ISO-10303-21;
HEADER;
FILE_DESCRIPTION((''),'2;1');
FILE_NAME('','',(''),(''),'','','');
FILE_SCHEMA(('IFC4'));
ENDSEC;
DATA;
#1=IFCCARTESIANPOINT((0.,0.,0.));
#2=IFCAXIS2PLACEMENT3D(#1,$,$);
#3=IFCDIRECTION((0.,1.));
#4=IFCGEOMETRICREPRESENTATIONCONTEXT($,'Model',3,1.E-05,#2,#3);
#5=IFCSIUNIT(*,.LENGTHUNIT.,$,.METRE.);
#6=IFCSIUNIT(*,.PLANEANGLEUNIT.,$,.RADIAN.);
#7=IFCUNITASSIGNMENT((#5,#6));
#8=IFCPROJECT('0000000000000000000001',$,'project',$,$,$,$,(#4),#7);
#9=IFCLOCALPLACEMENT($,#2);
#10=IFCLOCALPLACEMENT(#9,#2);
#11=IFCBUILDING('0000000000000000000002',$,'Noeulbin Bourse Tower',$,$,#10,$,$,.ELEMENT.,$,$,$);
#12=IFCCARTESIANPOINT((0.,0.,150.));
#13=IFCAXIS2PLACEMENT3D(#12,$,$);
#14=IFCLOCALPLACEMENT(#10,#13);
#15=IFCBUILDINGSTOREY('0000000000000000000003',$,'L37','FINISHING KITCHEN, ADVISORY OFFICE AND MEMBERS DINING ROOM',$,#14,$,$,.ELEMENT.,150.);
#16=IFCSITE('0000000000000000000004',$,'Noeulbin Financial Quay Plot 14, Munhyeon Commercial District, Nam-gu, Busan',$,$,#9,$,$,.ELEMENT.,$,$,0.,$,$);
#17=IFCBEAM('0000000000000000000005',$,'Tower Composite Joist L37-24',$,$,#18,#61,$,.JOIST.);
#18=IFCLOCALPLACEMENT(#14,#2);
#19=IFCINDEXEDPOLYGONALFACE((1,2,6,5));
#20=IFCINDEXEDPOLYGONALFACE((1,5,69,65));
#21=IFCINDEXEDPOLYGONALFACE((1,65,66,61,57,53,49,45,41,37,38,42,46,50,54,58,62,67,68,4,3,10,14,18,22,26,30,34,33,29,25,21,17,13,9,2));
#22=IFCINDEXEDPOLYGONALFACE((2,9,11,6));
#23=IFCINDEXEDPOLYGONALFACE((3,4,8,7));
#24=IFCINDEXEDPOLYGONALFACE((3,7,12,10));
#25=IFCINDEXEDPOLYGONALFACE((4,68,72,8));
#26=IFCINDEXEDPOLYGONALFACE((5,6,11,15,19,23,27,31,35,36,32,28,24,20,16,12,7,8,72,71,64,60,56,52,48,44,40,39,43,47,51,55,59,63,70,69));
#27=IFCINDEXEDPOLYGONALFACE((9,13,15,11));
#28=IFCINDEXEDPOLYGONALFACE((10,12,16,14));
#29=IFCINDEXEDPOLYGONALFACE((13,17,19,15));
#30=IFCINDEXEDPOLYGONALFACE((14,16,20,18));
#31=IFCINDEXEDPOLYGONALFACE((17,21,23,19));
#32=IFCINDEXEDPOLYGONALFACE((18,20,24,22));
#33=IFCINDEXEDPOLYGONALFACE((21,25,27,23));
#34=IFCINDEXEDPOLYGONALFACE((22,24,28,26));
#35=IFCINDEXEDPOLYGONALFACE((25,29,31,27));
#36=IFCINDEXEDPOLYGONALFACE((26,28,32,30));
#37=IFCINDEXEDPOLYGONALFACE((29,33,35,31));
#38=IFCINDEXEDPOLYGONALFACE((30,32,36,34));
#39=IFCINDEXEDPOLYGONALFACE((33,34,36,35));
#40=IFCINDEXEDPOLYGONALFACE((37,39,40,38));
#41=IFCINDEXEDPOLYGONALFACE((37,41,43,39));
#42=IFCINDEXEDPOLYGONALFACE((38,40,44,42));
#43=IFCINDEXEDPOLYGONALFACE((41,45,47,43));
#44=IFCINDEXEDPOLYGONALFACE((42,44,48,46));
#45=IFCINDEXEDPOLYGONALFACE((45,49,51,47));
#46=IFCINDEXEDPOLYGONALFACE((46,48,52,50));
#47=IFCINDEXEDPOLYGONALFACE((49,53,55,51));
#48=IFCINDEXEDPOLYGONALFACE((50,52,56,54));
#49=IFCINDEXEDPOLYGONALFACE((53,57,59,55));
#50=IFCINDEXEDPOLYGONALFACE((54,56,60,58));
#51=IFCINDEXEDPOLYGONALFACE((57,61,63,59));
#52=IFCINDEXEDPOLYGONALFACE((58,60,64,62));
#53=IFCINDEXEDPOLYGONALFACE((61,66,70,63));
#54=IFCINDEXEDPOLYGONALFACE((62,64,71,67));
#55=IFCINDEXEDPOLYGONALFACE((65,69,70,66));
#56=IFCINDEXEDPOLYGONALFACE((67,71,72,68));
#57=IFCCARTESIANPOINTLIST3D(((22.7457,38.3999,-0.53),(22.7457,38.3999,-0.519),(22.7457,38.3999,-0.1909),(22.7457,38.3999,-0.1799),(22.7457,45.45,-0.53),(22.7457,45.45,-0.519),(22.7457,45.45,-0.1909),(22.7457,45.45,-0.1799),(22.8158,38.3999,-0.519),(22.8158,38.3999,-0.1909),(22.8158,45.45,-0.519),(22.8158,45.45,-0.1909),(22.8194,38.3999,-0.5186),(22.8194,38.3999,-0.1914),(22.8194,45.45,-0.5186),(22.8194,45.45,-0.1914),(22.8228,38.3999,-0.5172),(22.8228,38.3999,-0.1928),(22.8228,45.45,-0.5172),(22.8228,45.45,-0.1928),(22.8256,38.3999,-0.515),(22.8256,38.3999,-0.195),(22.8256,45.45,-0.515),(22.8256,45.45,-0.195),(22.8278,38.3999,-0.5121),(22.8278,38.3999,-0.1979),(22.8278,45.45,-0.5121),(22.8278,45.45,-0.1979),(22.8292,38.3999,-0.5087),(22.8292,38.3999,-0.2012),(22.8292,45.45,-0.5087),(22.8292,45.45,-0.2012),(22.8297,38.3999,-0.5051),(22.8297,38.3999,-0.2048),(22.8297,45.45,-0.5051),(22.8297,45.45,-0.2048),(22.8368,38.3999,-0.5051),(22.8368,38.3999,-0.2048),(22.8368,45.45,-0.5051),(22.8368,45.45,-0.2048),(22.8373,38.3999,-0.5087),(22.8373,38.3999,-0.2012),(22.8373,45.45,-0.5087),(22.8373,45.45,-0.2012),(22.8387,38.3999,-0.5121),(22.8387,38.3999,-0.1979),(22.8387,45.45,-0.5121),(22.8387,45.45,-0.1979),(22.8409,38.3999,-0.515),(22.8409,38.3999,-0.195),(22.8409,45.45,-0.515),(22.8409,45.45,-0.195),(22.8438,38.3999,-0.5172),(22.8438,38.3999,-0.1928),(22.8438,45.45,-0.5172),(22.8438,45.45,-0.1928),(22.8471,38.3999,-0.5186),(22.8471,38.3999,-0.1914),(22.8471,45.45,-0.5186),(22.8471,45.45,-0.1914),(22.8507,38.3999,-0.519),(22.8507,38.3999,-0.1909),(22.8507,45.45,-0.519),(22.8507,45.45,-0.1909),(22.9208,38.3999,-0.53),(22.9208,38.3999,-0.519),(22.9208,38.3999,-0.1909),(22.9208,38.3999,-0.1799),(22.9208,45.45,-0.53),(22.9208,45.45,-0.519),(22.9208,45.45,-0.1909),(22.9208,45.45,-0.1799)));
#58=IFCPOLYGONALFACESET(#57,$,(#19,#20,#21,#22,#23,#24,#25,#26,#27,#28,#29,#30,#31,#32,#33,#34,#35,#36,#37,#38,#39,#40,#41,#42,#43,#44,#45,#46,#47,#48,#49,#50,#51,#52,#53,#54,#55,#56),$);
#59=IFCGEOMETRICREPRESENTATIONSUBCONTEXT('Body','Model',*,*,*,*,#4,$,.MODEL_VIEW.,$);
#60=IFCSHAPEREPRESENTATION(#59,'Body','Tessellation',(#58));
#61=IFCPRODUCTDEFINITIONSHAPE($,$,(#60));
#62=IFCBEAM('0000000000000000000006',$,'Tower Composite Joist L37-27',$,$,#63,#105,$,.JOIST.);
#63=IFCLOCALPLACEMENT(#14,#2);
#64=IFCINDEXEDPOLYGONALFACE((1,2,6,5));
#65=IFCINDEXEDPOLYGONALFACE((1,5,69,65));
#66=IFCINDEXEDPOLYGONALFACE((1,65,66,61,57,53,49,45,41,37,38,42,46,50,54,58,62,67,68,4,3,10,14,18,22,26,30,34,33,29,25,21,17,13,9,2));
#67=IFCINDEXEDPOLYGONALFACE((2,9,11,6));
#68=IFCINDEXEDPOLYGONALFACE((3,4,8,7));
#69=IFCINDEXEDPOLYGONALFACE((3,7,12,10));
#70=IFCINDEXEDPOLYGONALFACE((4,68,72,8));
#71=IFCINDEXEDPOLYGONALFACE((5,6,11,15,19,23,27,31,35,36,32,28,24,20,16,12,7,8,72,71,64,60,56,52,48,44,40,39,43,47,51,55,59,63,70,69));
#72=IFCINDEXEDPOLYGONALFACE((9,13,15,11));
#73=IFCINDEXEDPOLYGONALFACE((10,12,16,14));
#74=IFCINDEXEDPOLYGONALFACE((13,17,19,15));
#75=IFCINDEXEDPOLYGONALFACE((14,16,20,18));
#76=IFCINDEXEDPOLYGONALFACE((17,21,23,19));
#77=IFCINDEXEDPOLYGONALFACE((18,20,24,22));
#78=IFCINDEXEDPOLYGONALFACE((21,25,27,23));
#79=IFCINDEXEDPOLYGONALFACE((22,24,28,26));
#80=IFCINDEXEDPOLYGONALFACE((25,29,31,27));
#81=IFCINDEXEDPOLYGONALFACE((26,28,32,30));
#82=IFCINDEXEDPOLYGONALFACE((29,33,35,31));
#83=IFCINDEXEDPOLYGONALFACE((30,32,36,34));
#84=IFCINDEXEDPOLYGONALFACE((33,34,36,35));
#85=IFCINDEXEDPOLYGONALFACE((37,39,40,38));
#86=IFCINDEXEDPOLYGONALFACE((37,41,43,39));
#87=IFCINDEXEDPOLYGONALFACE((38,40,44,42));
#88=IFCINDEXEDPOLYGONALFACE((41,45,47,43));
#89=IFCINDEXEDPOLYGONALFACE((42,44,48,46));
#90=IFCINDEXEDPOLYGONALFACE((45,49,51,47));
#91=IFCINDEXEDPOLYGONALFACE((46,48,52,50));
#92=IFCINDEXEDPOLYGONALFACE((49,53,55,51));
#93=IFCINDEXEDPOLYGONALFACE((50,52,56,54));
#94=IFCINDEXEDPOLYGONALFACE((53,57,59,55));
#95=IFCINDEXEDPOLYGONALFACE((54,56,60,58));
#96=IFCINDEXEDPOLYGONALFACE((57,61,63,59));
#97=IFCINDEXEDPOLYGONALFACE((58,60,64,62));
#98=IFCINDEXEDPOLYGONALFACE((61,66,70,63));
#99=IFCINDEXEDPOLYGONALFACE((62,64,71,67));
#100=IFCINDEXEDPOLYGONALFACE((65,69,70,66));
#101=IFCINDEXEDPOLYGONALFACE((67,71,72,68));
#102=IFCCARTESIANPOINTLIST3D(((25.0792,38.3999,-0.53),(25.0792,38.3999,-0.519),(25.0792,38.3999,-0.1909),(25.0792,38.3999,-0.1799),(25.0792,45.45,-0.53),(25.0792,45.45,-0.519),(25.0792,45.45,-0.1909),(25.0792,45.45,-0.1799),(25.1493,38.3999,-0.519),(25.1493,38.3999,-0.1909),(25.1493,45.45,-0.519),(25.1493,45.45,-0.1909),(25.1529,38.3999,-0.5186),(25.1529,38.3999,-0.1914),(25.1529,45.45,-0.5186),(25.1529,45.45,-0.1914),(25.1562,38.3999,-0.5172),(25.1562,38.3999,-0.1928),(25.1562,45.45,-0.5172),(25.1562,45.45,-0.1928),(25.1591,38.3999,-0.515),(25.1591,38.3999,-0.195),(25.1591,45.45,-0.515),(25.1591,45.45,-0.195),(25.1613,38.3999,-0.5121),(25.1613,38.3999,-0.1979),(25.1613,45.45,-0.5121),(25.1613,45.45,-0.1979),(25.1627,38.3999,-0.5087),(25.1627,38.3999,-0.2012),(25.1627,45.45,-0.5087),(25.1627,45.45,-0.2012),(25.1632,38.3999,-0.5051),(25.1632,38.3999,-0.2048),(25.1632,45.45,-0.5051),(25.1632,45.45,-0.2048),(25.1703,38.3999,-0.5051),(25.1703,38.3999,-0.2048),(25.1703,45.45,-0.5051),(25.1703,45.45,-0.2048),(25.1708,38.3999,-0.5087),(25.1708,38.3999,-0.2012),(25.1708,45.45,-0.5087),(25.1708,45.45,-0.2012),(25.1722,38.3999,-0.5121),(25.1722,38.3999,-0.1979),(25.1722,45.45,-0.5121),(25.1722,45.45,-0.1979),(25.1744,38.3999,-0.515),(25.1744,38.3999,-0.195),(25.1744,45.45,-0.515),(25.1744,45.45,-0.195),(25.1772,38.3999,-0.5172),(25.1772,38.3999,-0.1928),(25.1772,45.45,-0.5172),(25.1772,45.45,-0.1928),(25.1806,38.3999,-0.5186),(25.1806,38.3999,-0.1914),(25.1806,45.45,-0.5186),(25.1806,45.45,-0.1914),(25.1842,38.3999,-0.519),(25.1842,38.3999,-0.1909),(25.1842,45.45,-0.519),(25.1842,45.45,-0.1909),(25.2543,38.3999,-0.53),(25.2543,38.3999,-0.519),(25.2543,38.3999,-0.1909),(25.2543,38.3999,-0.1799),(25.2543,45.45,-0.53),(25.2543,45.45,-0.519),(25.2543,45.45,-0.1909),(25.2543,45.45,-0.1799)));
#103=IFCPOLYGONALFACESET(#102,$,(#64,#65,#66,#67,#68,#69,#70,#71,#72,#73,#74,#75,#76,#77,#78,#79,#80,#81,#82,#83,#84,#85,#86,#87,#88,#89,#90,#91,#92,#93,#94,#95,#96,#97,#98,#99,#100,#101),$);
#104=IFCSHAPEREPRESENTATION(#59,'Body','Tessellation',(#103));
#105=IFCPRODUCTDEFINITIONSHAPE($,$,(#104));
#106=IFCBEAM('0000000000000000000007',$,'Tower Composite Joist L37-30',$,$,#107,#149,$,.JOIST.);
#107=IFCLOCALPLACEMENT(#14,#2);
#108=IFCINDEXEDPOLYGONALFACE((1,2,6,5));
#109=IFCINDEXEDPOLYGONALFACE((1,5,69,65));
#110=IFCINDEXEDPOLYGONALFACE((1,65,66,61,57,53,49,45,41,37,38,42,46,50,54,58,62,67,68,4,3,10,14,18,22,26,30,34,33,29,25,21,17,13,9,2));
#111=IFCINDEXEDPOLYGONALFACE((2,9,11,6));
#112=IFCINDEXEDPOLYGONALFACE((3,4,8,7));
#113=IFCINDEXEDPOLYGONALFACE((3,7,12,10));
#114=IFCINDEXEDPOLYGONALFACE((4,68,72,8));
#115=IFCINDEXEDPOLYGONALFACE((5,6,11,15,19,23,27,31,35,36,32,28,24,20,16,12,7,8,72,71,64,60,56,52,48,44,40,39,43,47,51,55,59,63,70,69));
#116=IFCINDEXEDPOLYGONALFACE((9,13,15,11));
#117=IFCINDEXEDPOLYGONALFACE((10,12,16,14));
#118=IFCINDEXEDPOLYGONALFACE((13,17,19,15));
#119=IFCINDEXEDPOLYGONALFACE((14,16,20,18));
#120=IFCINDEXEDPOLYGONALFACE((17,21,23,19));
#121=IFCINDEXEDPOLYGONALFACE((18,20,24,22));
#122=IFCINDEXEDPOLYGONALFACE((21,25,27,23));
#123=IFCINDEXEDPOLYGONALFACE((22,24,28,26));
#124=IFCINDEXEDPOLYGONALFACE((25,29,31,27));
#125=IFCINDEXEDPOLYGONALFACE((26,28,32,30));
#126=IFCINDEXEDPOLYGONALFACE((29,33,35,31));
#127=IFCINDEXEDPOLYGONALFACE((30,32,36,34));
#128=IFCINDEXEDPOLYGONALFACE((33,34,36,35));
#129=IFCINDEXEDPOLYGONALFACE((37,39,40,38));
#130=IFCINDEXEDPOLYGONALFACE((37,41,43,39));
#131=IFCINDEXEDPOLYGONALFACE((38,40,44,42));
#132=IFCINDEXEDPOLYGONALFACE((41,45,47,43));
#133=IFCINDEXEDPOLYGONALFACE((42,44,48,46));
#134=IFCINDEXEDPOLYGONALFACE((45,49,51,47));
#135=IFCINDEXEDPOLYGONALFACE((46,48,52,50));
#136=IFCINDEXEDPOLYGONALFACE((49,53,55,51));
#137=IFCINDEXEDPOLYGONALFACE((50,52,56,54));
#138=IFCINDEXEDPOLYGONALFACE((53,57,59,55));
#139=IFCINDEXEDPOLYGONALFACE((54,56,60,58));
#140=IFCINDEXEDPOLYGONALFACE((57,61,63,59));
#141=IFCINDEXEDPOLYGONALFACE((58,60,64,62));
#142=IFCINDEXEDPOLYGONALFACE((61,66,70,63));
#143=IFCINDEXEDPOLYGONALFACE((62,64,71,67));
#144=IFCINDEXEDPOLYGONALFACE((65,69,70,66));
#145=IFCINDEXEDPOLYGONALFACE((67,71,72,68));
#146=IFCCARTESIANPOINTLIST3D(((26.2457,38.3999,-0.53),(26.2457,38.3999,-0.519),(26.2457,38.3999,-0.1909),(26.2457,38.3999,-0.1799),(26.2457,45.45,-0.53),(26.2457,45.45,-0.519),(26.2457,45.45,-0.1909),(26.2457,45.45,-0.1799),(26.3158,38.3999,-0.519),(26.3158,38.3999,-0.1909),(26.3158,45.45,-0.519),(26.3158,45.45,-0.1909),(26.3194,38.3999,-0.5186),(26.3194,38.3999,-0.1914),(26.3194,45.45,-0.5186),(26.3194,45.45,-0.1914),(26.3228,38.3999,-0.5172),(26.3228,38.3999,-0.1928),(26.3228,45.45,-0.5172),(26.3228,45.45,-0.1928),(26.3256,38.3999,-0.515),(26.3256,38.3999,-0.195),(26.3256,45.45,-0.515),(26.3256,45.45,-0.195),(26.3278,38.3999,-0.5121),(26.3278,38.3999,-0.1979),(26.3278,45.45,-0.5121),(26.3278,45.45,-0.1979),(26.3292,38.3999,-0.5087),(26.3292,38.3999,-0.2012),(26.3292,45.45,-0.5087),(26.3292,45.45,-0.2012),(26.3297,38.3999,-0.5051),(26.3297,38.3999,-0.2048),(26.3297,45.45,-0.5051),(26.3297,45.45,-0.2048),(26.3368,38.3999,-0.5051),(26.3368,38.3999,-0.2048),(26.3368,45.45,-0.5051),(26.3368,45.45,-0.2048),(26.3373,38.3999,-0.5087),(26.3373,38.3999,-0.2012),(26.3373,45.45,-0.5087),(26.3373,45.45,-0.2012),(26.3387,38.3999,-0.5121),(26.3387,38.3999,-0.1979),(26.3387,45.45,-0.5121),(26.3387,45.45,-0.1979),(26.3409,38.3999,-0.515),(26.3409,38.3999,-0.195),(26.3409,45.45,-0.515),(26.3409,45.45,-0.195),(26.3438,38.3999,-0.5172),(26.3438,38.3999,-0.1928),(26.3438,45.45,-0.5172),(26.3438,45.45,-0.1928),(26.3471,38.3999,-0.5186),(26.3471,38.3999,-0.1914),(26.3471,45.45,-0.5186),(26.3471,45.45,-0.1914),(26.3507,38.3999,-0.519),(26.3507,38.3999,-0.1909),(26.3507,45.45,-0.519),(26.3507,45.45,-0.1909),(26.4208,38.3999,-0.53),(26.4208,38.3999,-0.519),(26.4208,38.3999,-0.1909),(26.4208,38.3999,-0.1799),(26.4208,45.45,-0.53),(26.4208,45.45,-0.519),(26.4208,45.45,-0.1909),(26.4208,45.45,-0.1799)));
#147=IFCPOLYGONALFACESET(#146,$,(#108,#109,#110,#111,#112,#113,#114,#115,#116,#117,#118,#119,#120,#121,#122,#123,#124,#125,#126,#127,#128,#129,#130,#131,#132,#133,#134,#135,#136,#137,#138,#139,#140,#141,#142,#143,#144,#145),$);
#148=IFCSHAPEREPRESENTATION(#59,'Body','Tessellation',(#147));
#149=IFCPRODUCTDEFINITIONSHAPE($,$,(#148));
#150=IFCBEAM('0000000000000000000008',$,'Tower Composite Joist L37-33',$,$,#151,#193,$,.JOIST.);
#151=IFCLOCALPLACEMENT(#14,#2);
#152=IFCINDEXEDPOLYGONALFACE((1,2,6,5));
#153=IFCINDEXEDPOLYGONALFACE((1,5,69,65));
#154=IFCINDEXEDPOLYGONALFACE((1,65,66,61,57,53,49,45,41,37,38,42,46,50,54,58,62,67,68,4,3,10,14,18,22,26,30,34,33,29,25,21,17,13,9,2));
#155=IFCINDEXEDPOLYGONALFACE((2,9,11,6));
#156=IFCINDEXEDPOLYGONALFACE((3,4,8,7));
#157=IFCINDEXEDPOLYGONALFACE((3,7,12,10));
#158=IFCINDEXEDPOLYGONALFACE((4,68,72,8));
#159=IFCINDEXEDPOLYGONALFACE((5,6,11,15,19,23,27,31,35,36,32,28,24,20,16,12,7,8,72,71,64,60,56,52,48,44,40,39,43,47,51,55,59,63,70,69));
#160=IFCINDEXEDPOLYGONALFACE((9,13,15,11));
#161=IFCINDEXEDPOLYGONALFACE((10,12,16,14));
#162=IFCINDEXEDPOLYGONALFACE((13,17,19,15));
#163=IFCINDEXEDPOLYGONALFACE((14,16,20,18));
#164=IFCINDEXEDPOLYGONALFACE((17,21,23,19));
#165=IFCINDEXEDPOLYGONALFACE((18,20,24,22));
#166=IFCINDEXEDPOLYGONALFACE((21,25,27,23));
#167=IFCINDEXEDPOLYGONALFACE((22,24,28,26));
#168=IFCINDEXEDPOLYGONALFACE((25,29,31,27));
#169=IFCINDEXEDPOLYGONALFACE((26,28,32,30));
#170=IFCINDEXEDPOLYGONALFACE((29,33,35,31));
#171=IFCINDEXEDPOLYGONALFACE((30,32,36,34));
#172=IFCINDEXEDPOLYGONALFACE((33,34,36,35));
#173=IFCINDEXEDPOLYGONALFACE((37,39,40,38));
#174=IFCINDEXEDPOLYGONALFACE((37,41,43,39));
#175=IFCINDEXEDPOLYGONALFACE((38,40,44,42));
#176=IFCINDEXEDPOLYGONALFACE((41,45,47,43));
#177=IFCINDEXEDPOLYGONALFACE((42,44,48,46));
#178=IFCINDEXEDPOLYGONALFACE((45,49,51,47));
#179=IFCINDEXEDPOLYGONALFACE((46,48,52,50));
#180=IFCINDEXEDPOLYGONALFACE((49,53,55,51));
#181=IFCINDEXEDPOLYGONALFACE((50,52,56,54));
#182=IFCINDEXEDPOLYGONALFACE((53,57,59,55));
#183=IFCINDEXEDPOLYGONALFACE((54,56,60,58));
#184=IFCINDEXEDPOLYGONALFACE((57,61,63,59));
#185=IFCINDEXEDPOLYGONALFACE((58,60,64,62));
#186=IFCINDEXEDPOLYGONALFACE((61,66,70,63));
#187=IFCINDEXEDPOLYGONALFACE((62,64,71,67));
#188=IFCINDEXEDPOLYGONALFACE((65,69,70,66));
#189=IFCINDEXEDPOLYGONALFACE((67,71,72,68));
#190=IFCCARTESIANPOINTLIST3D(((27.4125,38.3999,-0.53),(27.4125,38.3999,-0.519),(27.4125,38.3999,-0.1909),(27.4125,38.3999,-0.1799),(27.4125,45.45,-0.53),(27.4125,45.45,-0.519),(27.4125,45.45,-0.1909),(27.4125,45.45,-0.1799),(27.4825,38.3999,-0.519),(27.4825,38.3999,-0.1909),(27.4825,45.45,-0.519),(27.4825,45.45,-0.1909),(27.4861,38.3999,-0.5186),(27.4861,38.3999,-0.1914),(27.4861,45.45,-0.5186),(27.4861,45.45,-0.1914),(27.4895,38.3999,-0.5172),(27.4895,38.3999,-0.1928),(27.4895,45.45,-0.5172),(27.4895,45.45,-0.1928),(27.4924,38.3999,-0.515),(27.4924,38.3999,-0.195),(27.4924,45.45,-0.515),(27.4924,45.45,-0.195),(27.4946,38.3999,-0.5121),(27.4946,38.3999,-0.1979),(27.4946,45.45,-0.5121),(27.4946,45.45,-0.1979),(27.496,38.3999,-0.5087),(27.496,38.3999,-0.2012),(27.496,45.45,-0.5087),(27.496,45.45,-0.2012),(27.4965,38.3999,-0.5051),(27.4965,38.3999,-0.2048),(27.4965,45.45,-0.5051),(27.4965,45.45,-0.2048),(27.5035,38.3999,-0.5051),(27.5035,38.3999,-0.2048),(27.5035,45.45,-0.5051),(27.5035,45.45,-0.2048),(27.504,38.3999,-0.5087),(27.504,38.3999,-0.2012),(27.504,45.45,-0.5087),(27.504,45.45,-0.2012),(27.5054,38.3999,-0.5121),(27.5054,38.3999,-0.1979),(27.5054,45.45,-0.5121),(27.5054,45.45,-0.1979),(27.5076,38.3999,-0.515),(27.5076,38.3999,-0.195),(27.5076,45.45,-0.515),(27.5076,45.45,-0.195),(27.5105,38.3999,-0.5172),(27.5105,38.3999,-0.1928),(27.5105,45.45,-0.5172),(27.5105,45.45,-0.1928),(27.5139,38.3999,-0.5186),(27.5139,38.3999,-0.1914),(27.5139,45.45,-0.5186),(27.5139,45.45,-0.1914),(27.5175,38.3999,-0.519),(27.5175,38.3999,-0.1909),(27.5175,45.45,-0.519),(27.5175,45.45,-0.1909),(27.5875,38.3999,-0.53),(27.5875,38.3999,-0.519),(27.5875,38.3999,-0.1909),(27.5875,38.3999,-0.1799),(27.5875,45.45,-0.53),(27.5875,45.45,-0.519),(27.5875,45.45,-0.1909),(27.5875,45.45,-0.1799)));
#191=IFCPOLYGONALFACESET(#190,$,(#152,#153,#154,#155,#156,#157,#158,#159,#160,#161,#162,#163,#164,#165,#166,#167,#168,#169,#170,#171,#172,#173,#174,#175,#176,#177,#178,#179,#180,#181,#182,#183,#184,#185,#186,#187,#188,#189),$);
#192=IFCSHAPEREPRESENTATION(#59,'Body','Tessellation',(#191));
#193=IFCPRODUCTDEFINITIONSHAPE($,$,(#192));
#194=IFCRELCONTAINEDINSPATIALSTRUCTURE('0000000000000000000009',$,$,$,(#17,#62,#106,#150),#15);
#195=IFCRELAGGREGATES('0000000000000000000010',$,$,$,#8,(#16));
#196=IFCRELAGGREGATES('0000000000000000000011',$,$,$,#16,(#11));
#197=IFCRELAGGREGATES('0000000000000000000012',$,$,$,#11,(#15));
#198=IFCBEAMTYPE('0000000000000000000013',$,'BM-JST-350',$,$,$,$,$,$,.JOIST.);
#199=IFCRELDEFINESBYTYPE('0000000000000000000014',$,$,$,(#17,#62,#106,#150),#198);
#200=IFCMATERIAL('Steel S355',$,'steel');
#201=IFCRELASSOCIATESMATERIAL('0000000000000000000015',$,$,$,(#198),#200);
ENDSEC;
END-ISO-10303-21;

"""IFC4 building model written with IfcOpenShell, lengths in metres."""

from ifc_helpers import new_model, si_unit, direction, frame, origin, origin_2d, place, context, subcontext, project, spatial, i_section, extrude, material, material_profile, profile_set, type_object, element, save


model = new_model("IFC4")

# Units and contexts
model_context = context("Model", 3, precision=1e-05, world=origin(), true_north=direction((0.0, 1.0)))
body_context = subcontext(model_context, "Body", "Model", "MODEL_VIEW")
ifc_project = project(units=[si_unit("LENGTHUNIT", "METRE"), si_unit("PLANEANGLEUNIT", "RADIAN")], contexts=[model_context])

# Site, building, storey
site_placement = place(None, origin())
site = spatial("IfcSite", under=ifc_project, at=site_placement, Name="Noeulbin Financial Quay Plot 14, Munhyeon Commercial District, Nam-gu, Busan", CompositionType="ELEMENT", RefElevation=0.0)
building_placement = place(site_placement, origin())
building = spatial("IfcBuilding", under=site, at=building_placement, Name="Noeulbin Bourse Tower", CompositionType="ELEMENT")
storey_placement = place(building_placement, frame((0.0, 0.0, 150.0)))
storey = spatial("IfcBuildingStorey", under=building, at=storey_placement, Name="L37", Description="FINISHING KITCHEN, ADVISORY OFFICE AND MEMBERS DINING ROOM", CompositionType="ELEMENT", Elevation=150.0)

# Shared definitions
ifc_material_1 = material(Name="Steel S355", Category="steel")

# Beams
ifc_material_profile_1 = material_profile(ifc_material_1, i_section(OverallWidth=0.175, OverallDepth=0.3501, WebThickness=0.0071, FlangeThickness=0.011, FilletRadius=0.0139, at=origin_2d()), Name="H-350x175x7x11", Category="LoadBearing")
ifc_profile_set_1 = profile_set([ifc_material_profile_1], Name="Steel S355")
beam_type_1 = type_object("IfcBeamType", Name="BM-JST-350", PredefinedType="JOIST", material=ifc_profile_set_1)
for number, where, z_axis, x_axis, name in (
    (1, (22.8333, 38.3999, -0.355), (0.0, 1.0, 0.0), (-1.0, 0.0, 0.0), "Tower Composite Joist L37-24"),
    (2, (25.1667, 38.3999, -0.355), (0.0, 1.0, 0.0), (-1.0, 0.0, 0.0), "Tower Composite Joist L37-27"),
    (3, (26.3333, 38.3999, -0.355), (0.0, 1.0, 0.0), (-1.0, 0.0, 0.0), "Tower Composite Joist L37-30"),
    (4, (27.5, 38.3999, -0.355), (0.0, 1.0, 0.0), (-1.0, 0.0, 0.0), "Tower Composite Joist L37-33"),
):
    element("IfcBeam", number, at=place(storey_placement, frame(where, z_axis=z_axis, x_axis=x_axis)), inside=storey, type_object=beam_type_1, Name=name, PredefinedType="JOIST", context=body_context, shape_type="SweptSolid", body=[
        extrude(i_section(OverallWidth=0.175, OverallDepth=0.3501, WebThickness=0.0071, FlangeThickness=0.011, FilletRadius=0.0139, at=origin_2d()), origin(), (0.0, 0.0, 1.0), 7.05),
    ])

save(model, "model.ifc")
